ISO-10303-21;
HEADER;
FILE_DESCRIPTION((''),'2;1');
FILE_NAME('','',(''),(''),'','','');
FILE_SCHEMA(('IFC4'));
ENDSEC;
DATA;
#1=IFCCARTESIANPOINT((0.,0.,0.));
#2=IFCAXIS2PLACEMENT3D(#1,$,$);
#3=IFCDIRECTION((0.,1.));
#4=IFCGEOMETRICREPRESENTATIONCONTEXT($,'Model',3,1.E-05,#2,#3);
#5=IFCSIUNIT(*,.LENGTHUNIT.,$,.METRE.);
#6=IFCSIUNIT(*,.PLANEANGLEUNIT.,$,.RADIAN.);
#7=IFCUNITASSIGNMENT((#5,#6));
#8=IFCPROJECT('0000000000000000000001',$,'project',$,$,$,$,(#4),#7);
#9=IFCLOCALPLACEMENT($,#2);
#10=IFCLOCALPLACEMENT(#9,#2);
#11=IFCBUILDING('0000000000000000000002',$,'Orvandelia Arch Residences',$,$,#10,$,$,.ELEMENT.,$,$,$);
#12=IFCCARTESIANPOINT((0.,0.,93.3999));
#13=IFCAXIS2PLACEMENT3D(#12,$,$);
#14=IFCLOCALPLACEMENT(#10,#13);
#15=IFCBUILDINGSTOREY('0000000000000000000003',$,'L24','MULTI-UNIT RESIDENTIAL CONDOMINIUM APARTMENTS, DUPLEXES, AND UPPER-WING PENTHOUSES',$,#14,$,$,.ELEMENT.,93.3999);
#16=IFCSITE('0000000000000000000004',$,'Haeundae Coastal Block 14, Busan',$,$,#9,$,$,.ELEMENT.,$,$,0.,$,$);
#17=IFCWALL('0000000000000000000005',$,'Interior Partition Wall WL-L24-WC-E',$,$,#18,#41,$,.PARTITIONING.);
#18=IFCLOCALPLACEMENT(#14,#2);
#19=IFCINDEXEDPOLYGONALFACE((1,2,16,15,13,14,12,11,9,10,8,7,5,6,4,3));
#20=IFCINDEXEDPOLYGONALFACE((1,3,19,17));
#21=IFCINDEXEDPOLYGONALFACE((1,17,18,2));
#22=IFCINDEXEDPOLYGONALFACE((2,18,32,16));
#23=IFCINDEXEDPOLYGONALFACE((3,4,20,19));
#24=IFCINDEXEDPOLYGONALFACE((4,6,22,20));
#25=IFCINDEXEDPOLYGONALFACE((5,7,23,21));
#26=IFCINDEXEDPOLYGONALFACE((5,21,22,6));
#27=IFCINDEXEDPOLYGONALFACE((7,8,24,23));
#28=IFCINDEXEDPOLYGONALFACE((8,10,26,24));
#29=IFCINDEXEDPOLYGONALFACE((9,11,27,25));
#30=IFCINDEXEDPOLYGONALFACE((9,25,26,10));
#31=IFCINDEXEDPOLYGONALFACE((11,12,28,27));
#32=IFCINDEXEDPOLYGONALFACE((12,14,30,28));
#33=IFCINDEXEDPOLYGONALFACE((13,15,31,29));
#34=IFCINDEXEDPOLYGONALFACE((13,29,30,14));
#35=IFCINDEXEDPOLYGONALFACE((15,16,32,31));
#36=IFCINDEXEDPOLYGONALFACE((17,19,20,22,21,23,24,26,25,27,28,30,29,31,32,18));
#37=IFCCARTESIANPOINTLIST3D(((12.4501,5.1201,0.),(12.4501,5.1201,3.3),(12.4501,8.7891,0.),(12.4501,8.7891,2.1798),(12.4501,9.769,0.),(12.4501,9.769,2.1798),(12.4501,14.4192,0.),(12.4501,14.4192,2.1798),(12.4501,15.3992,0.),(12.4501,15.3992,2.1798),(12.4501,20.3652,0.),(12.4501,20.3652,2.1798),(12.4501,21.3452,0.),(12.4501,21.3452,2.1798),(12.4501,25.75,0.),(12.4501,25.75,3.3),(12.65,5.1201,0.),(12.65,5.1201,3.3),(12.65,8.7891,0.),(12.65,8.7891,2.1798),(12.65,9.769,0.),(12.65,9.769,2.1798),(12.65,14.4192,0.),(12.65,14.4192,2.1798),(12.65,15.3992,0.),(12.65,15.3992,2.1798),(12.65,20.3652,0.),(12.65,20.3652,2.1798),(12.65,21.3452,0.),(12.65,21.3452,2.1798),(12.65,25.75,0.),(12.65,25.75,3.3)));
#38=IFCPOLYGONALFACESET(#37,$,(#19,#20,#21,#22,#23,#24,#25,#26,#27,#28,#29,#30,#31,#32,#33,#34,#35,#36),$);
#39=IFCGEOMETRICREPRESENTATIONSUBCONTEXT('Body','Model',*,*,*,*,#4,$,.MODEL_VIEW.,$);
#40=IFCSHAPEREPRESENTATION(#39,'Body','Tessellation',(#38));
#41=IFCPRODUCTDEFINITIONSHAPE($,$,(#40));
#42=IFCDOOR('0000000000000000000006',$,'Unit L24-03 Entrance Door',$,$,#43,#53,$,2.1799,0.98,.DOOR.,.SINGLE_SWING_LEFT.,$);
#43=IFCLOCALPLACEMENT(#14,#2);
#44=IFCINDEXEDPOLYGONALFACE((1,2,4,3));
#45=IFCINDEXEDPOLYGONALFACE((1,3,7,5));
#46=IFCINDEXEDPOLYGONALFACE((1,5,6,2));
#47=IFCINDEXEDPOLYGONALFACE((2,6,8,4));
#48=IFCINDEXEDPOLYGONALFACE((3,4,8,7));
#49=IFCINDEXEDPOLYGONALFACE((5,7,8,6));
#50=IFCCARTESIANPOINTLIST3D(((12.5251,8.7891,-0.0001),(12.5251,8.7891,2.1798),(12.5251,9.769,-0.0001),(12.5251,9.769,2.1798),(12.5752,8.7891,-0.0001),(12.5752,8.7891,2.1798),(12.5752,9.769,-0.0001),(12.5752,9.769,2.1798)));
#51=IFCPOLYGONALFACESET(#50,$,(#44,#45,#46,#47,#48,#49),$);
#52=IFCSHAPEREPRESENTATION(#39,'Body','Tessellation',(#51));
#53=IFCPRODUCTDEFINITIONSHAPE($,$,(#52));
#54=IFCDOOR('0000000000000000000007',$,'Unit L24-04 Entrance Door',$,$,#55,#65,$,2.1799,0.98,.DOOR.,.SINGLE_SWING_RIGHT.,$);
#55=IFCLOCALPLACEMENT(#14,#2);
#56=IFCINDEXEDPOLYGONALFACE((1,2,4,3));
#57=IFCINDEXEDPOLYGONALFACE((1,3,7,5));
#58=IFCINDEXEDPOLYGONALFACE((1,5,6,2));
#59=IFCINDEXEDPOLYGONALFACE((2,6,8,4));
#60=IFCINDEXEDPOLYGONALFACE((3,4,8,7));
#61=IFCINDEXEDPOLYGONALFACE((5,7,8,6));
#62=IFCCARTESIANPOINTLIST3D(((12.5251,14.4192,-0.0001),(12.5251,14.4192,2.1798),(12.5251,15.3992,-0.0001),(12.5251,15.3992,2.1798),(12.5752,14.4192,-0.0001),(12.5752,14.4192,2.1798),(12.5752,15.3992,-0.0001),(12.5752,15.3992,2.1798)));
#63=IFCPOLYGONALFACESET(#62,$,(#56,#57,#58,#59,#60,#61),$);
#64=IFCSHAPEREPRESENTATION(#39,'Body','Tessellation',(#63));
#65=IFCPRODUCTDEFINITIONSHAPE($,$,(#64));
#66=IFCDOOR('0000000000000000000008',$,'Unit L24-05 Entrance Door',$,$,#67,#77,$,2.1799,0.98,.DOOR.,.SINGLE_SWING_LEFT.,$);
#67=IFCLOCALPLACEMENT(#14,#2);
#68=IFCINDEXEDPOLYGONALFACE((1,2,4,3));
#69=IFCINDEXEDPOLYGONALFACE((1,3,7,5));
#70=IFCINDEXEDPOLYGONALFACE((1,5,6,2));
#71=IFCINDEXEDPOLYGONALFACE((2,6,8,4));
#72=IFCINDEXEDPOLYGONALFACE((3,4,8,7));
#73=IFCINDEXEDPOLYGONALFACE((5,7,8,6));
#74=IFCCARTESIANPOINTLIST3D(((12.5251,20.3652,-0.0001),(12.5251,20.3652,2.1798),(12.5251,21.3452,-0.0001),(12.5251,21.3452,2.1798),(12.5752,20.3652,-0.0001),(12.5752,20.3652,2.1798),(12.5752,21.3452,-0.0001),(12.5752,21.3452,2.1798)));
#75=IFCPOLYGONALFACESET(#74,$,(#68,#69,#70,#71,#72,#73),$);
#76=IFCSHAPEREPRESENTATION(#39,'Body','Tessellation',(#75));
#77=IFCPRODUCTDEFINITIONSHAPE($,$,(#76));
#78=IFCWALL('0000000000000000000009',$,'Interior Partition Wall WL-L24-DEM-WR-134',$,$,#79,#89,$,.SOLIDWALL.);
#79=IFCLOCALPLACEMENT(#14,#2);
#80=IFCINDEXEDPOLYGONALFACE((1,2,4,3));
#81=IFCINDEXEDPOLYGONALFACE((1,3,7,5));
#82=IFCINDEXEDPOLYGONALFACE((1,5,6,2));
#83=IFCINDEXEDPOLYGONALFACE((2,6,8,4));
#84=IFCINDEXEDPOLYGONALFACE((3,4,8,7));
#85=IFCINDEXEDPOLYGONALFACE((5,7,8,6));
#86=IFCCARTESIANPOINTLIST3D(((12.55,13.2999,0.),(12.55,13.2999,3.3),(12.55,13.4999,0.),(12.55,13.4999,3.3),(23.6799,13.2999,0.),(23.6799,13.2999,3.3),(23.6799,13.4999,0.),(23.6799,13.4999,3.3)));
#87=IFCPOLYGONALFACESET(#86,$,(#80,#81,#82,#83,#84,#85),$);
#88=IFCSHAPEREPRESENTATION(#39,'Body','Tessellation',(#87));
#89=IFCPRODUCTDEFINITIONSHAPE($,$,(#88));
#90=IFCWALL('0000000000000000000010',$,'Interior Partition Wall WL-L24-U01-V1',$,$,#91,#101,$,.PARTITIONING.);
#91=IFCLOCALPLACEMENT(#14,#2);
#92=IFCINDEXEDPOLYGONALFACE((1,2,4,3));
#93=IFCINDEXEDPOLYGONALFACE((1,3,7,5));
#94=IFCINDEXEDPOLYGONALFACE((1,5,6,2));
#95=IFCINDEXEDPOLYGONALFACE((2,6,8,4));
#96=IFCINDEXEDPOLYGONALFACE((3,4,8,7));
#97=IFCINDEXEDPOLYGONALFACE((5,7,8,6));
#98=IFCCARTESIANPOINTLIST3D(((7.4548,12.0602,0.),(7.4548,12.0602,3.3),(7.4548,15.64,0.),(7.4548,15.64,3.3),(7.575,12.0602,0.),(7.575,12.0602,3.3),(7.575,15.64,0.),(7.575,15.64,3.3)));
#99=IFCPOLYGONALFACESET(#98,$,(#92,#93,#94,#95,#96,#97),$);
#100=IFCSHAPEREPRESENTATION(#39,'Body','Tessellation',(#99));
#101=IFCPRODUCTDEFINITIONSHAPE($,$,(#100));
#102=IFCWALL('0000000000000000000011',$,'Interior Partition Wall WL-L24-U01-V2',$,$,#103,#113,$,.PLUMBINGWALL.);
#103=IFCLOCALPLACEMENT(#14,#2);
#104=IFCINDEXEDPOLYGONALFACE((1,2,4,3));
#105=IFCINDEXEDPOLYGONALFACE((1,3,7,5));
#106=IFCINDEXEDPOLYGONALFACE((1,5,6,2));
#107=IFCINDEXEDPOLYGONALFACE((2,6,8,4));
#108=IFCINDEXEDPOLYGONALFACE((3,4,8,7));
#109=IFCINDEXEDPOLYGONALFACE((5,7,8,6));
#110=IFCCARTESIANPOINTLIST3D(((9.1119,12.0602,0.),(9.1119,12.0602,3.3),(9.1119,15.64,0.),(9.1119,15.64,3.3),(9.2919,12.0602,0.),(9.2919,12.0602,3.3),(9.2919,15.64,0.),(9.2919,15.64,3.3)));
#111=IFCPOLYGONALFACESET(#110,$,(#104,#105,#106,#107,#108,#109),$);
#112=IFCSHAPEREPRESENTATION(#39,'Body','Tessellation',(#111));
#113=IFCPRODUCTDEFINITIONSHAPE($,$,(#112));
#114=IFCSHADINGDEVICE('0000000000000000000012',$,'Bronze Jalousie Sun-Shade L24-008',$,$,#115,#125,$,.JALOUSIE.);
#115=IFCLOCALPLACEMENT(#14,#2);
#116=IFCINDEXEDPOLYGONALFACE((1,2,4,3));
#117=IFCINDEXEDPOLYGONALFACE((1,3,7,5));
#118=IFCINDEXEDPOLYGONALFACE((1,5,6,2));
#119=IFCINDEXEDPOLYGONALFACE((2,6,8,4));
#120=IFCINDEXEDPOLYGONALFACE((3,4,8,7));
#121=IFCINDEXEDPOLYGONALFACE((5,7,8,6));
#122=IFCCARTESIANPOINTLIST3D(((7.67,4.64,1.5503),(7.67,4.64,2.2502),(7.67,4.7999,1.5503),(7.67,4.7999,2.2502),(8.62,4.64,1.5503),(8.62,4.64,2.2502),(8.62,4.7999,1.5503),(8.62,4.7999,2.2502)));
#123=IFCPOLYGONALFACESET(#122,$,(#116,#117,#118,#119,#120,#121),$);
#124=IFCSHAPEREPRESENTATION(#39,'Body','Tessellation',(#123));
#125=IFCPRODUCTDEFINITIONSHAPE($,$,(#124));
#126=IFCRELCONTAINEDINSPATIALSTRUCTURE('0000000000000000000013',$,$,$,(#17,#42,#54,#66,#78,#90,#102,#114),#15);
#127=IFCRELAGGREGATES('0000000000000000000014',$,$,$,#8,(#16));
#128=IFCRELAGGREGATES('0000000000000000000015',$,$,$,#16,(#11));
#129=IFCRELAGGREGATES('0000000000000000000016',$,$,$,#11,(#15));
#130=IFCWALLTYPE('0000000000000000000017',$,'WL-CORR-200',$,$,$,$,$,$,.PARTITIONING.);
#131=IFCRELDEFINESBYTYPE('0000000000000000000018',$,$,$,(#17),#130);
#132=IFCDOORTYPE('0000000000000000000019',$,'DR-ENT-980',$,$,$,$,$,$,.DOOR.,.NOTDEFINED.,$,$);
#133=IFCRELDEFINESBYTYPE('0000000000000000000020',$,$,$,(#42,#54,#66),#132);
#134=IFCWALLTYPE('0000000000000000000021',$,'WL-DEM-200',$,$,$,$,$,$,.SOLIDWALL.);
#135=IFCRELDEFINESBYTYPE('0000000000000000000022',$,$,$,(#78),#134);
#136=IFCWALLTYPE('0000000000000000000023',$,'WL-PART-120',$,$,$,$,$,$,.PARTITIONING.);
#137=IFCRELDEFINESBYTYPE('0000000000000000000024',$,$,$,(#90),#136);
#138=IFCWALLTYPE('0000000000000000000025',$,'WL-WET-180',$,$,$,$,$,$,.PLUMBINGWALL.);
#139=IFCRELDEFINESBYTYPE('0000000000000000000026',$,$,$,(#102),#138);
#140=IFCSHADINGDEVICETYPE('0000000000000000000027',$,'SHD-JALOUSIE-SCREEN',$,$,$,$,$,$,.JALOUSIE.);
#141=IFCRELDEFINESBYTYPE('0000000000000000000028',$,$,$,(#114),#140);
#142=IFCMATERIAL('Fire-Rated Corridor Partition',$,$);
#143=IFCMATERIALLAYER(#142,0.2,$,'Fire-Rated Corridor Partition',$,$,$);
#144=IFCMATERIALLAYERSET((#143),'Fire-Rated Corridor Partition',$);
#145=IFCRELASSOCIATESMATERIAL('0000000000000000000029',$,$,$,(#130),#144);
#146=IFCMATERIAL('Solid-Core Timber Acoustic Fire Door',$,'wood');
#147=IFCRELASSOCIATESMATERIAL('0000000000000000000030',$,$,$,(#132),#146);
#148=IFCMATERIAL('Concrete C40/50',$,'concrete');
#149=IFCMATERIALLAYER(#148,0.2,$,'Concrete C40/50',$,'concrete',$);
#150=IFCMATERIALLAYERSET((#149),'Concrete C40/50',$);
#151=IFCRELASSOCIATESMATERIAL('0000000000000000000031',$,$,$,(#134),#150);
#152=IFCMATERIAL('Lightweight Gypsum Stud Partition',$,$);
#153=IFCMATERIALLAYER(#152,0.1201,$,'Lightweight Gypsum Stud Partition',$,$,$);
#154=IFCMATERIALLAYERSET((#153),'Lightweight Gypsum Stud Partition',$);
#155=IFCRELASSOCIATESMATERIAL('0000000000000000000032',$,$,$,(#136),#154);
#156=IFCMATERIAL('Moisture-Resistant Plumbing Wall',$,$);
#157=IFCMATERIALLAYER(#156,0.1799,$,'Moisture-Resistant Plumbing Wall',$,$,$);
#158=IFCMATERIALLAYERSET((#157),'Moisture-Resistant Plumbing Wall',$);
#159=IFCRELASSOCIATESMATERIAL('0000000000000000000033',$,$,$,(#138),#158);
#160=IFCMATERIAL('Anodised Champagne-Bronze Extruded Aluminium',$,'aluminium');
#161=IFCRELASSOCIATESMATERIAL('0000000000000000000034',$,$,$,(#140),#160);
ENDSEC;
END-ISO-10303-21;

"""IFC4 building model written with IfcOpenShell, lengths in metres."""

from ifc_helpers import new_model, si_unit, direction, frame, frame_2d, origin, origin_2d, place, context, subcontext, project, spatial, rectangle, extrude, material, layer, layer_set, type_object, element, fill, save


model = new_model("IFC4")

# Units and contexts
model_context = context("Model", 3, precision=1e-05, world=origin(), true_north=direction((0.0, 1.0)))
body_context = subcontext(model_context, "Body", "Model", "MODEL_VIEW")
ifc_project = project(units=[si_unit("LENGTHUNIT", "METRE"), si_unit("PLANEANGLEUNIT", "RADIAN")], contexts=[model_context])

# Site, building, storey
site_placement = place(None, origin())
site = spatial("IfcSite", under=ifc_project, at=site_placement, Name="Haeundae Coastal Block 14, Busan", CompositionType="ELEMENT", RefElevation=0.0)
building_placement = place(site_placement, origin())
building = spatial("IfcBuilding", under=site, at=building_placement, Name="Orvandelia Arch Residences", CompositionType="ELEMENT")
storey_placement = place(building_placement, frame((0.0, 0.0, 93.3999)))
storey = spatial("IfcBuildingStorey", under=building, at=storey_placement, Name="L24", Description="MULTI-UNIT RESIDENTIAL CONDOMINIUM APARTMENTS, DUPLEXES, AND UPPER-WING PENTHOUSES", CompositionType="ELEMENT", Elevation=93.3999)

# Wall, openings, doors
ifc_material_1 = material(Name="Fire-Rated Corridor Partition")
ifc_layer_1 = layer(ifc_material_1, 0.2, Name="Fire-Rated Corridor Partition")
ifc_layer_set_1 = layer_set([ifc_layer_1], Name="Fire-Rated Corridor Partition")
wall_type_1 = type_object("IfcWallType", Name="WL-CORR-200", PredefinedType="PARTITIONING", material=ifc_layer_set_1)
ifc_material_2 = material(Name="Solid-Core Timber Acoustic Fire Door", Category="wood")
door_type = type_object("IfcDoorType", Name="DR-ENT-980", OperationType="NOTDEFINED", PredefinedType="DOOR", material=ifc_material_2)
wall_1_placement = place(storey_placement, frame((12.55, 5.1201, 0.0), z_axis=(0.0, 0.0, 1.0), x_axis=(0.0, 1.0, 0.0)))
wall_1 = element("IfcWall", 1, at=wall_1_placement, inside=storey, type_object=wall_type_1, Name="Interior Partition Wall WL-L24-WC-E", PredefinedType="PARTITIONING", context=body_context, shape_type="SweptSolid", body=[
    extrude(rectangle(XDim=20.6299, YDim=0.2, at=frame_2d((10.3149, 0.0))), origin(), (0.0, 0.0, 1.0), 3.3),
])
opening_1_placement = place(wall_1_placement, frame((3.6689, 0.0, 0.0)))
opening_1 = element("IfcOpeningElement", 2, at=opening_1_placement, cuts=wall_1, PredefinedType="OPENING", context=body_context, shape_type="SweptSolid", body=[
    extrude(rectangle(XDim=0.98, YDim=2.1799, at=frame_2d((0.49, 1.0898))), frame((0.0, 0.1099, 0.0), z_axis=(0.0, -1.0, 0.0), x_axis=(1.0, 0.0, 0.0)), (0.0, 0.0, 1.0), 0.22),
])
opening_2_placement = place(wall_1_placement, frame((9.2991, 0.0, 0.0)))
opening_2 = element("IfcOpeningElement", 3, at=opening_2_placement, cuts=wall_1, PredefinedType="OPENING", context=body_context, shape_type="SweptSolid", body=[
    extrude(rectangle(XDim=0.98, YDim=2.1799, at=frame_2d((0.49, 1.0898))), frame((0.0, 0.1099, 0.0), z_axis=(0.0, -1.0, 0.0), x_axis=(1.0, 0.0, 0.0)), (0.0, 0.0, 1.0), 0.22),
])
opening_3_placement = place(wall_1_placement, frame((15.2451, 0.0, 0.0)))
opening_3 = element("IfcOpeningElement", 4, at=opening_3_placement, cuts=wall_1, PredefinedType="OPENING", context=body_context, shape_type="SweptSolid", body=[
    extrude(rectangle(XDim=0.98, YDim=2.1799, at=frame_2d((0.49, 1.0898))), frame((0.0, 0.1099, 0.0), z_axis=(0.0, -1.0, 0.0), x_axis=(1.0, 0.0, 0.0)), (0.0, 0.0, 1.0), 0.22),
])
door_1_placement = place(opening_1_placement, origin())
door_1 = element("IfcDoor", 5, at=door_1_placement, inside=storey, type_object=door_type, Name="Unit L24-03 Entrance Door", OperationType="SINGLE_SWING_LEFT", OverallHeight=2.1799, OverallWidth=0.98, PredefinedType="DOOR", context=body_context, shape_type="SweptSolid", body=[
    extrude(rectangle(XDim=0.98, YDim=2.1799, at=frame_2d((0.49, 1.0898))), frame((0.0, 0.0249, 0.0), z_axis=(0.0, -1.0, 0.0), x_axis=(1.0, 0.0, 0.0)), (0.0, 0.0, 1.0), 0.05),
])
fill(opening_1, door_1)
door_2_placement = place(opening_2_placement, origin())
door_2 = element("IfcDoor", 6, at=door_2_placement, inside=storey, type_object=door_type, Name="Unit L24-04 Entrance Door", OperationType="SINGLE_SWING_RIGHT", OverallHeight=2.1799, OverallWidth=0.98, PredefinedType="DOOR", context=body_context, shape_type="SweptSolid", body=[
    extrude(rectangle(XDim=0.98, YDim=2.1799, at=frame_2d((0.49, 1.0898))), frame((0.0, 0.0249, 0.0), z_axis=(0.0, -1.0, 0.0), x_axis=(1.0, 0.0, 0.0)), (0.0, 0.0, 1.0), 0.05),
])
fill(opening_2, door_2)
door_3_placement = place(opening_3_placement, origin())
door_3 = element("IfcDoor", 7, at=door_3_placement, inside=storey, type_object=door_type, Name="Unit L24-05 Entrance Door", OperationType="SINGLE_SWING_LEFT", OverallHeight=2.1799, OverallWidth=0.98, PredefinedType="DOOR", context=body_context, shape_type="SweptSolid", body=[
    extrude(rectangle(XDim=0.98, YDim=2.1799, at=frame_2d((0.49, 1.0898))), frame((0.0, 0.0249, 0.0), z_axis=(0.0, -1.0, 0.0), x_axis=(1.0, 0.0, 0.0)), (0.0, 0.0, 1.0), 0.05),
])
fill(opening_3, door_3)

# Walls
ifc_material_3 = material(Name="Concrete C40/50", Category="concrete")
ifc_layer_2 = layer(ifc_material_3, 0.2, Name="Concrete C40/50", Category="concrete")
ifc_layer_set_2 = layer_set([ifc_layer_2], Name="Concrete C40/50")
wall_type_2 = type_object("IfcWallType", Name="WL-DEM-200", PredefinedType="SOLIDWALL", material=ifc_layer_set_2)
wall_2_placement = place(storey_placement, frame((12.55, 13.3999, 0.0), z_axis=(0.0, 0.0, 1.0), x_axis=(1.0, 0.0, 0.0)))
element("IfcWall", 8, at=wall_2_placement, inside=storey, type_object=wall_type_2, Name="Interior Partition Wall WL-L24-DEM-WR-134", PredefinedType="SOLIDWALL", context=body_context, shape_type="SweptSolid", body=[
    extrude(rectangle(XDim=11.1299, YDim=0.2, at=frame_2d((5.5649, 0.0))), origin(), (0.0, 0.0, 1.0), 3.3),
])
ifc_material_4 = material(Name="Lightweight Gypsum Stud Partition")
ifc_layer_3 = layer(ifc_material_4, 0.1201, Name="Lightweight Gypsum Stud Partition")
ifc_layer_set_3 = layer_set([ifc_layer_3], Name="Lightweight Gypsum Stud Partition")
wall_type_3 = type_object("IfcWallType", Name="WL-PART-120", PredefinedType="PARTITIONING", material=ifc_layer_set_3)
wall_3_placement = place(storey_placement, frame((7.5149, 12.0601, 0.0), z_axis=(0.0, 0.0, 1.0), x_axis=(0.0, 1.0, 0.0)))
element("IfcWall", 9, at=wall_3_placement, inside=storey, type_object=wall_type_3, Name="Interior Partition Wall WL-L24-U01-V1", PredefinedType="PARTITIONING", context=body_context, shape_type="SweptSolid", body=[
    extrude(rectangle(XDim=3.5798, YDim=0.1201, at=frame_2d((1.79, 0.0))), origin(), (0.0, 0.0, 1.0), 3.3),
])
ifc_material_5 = material(Name="Moisture-Resistant Plumbing Wall")
ifc_layer_4 = layer(ifc_material_5, 0.1799, Name="Moisture-Resistant Plumbing Wall")
ifc_layer_set_4 = layer_set([ifc_layer_4], Name="Moisture-Resistant Plumbing Wall")
wall_type_4 = type_object("IfcWallType", Name="WL-WET-180", PredefinedType="PLUMBINGWALL", material=ifc_layer_set_4)
wall_4_placement = place(storey_placement, frame((9.2019, 12.0601, 0.0), z_axis=(0.0, 0.0, 1.0), x_axis=(0.0, 1.0, 0.0)))
element("IfcWall", 10, at=wall_4_placement, inside=storey, type_object=wall_type_4, Name="Interior Partition Wall WL-L24-U01-V2", PredefinedType="PLUMBINGWALL", context=body_context, shape_type="SweptSolid", body=[
    extrude(rectangle(XDim=3.5798, YDim=0.1799, at=frame_2d((1.79, 0.0))), origin(), (0.0, 0.0, 1.0), 3.3),
])

# Shading device
ifc_material_6 = material(Name="Anodised Champagne-Bronze Extruded Aluminium", Category="aluminium")
shading_device_type = type_object("IfcShadingDeviceType", Name="SHD-JALOUSIE-SCREEN", PredefinedType="JALOUSIE", material=ifc_material_6)
shading_device_placement = place(storey_placement, frame((8.145, 4.72, 1.5503), z_axis=(0.0, 0.0, 1.0), x_axis=(-1.0, 0.0, 0.0)))
element("IfcShadingDevice", 11, at=shading_device_placement, inside=storey, type_object=shading_device_type, Name="Bronze Jalousie Sun-Shade L24-008", PredefinedType="JALOUSIE", context=body_context, shape_type="SweptSolid", body=[
    extrude(rectangle(XDim=0.95, YDim=0.1599, at=origin_2d()), origin(), (0.0, 0.0, 1.0), 0.7),
])

save(model, "model.ifc")
